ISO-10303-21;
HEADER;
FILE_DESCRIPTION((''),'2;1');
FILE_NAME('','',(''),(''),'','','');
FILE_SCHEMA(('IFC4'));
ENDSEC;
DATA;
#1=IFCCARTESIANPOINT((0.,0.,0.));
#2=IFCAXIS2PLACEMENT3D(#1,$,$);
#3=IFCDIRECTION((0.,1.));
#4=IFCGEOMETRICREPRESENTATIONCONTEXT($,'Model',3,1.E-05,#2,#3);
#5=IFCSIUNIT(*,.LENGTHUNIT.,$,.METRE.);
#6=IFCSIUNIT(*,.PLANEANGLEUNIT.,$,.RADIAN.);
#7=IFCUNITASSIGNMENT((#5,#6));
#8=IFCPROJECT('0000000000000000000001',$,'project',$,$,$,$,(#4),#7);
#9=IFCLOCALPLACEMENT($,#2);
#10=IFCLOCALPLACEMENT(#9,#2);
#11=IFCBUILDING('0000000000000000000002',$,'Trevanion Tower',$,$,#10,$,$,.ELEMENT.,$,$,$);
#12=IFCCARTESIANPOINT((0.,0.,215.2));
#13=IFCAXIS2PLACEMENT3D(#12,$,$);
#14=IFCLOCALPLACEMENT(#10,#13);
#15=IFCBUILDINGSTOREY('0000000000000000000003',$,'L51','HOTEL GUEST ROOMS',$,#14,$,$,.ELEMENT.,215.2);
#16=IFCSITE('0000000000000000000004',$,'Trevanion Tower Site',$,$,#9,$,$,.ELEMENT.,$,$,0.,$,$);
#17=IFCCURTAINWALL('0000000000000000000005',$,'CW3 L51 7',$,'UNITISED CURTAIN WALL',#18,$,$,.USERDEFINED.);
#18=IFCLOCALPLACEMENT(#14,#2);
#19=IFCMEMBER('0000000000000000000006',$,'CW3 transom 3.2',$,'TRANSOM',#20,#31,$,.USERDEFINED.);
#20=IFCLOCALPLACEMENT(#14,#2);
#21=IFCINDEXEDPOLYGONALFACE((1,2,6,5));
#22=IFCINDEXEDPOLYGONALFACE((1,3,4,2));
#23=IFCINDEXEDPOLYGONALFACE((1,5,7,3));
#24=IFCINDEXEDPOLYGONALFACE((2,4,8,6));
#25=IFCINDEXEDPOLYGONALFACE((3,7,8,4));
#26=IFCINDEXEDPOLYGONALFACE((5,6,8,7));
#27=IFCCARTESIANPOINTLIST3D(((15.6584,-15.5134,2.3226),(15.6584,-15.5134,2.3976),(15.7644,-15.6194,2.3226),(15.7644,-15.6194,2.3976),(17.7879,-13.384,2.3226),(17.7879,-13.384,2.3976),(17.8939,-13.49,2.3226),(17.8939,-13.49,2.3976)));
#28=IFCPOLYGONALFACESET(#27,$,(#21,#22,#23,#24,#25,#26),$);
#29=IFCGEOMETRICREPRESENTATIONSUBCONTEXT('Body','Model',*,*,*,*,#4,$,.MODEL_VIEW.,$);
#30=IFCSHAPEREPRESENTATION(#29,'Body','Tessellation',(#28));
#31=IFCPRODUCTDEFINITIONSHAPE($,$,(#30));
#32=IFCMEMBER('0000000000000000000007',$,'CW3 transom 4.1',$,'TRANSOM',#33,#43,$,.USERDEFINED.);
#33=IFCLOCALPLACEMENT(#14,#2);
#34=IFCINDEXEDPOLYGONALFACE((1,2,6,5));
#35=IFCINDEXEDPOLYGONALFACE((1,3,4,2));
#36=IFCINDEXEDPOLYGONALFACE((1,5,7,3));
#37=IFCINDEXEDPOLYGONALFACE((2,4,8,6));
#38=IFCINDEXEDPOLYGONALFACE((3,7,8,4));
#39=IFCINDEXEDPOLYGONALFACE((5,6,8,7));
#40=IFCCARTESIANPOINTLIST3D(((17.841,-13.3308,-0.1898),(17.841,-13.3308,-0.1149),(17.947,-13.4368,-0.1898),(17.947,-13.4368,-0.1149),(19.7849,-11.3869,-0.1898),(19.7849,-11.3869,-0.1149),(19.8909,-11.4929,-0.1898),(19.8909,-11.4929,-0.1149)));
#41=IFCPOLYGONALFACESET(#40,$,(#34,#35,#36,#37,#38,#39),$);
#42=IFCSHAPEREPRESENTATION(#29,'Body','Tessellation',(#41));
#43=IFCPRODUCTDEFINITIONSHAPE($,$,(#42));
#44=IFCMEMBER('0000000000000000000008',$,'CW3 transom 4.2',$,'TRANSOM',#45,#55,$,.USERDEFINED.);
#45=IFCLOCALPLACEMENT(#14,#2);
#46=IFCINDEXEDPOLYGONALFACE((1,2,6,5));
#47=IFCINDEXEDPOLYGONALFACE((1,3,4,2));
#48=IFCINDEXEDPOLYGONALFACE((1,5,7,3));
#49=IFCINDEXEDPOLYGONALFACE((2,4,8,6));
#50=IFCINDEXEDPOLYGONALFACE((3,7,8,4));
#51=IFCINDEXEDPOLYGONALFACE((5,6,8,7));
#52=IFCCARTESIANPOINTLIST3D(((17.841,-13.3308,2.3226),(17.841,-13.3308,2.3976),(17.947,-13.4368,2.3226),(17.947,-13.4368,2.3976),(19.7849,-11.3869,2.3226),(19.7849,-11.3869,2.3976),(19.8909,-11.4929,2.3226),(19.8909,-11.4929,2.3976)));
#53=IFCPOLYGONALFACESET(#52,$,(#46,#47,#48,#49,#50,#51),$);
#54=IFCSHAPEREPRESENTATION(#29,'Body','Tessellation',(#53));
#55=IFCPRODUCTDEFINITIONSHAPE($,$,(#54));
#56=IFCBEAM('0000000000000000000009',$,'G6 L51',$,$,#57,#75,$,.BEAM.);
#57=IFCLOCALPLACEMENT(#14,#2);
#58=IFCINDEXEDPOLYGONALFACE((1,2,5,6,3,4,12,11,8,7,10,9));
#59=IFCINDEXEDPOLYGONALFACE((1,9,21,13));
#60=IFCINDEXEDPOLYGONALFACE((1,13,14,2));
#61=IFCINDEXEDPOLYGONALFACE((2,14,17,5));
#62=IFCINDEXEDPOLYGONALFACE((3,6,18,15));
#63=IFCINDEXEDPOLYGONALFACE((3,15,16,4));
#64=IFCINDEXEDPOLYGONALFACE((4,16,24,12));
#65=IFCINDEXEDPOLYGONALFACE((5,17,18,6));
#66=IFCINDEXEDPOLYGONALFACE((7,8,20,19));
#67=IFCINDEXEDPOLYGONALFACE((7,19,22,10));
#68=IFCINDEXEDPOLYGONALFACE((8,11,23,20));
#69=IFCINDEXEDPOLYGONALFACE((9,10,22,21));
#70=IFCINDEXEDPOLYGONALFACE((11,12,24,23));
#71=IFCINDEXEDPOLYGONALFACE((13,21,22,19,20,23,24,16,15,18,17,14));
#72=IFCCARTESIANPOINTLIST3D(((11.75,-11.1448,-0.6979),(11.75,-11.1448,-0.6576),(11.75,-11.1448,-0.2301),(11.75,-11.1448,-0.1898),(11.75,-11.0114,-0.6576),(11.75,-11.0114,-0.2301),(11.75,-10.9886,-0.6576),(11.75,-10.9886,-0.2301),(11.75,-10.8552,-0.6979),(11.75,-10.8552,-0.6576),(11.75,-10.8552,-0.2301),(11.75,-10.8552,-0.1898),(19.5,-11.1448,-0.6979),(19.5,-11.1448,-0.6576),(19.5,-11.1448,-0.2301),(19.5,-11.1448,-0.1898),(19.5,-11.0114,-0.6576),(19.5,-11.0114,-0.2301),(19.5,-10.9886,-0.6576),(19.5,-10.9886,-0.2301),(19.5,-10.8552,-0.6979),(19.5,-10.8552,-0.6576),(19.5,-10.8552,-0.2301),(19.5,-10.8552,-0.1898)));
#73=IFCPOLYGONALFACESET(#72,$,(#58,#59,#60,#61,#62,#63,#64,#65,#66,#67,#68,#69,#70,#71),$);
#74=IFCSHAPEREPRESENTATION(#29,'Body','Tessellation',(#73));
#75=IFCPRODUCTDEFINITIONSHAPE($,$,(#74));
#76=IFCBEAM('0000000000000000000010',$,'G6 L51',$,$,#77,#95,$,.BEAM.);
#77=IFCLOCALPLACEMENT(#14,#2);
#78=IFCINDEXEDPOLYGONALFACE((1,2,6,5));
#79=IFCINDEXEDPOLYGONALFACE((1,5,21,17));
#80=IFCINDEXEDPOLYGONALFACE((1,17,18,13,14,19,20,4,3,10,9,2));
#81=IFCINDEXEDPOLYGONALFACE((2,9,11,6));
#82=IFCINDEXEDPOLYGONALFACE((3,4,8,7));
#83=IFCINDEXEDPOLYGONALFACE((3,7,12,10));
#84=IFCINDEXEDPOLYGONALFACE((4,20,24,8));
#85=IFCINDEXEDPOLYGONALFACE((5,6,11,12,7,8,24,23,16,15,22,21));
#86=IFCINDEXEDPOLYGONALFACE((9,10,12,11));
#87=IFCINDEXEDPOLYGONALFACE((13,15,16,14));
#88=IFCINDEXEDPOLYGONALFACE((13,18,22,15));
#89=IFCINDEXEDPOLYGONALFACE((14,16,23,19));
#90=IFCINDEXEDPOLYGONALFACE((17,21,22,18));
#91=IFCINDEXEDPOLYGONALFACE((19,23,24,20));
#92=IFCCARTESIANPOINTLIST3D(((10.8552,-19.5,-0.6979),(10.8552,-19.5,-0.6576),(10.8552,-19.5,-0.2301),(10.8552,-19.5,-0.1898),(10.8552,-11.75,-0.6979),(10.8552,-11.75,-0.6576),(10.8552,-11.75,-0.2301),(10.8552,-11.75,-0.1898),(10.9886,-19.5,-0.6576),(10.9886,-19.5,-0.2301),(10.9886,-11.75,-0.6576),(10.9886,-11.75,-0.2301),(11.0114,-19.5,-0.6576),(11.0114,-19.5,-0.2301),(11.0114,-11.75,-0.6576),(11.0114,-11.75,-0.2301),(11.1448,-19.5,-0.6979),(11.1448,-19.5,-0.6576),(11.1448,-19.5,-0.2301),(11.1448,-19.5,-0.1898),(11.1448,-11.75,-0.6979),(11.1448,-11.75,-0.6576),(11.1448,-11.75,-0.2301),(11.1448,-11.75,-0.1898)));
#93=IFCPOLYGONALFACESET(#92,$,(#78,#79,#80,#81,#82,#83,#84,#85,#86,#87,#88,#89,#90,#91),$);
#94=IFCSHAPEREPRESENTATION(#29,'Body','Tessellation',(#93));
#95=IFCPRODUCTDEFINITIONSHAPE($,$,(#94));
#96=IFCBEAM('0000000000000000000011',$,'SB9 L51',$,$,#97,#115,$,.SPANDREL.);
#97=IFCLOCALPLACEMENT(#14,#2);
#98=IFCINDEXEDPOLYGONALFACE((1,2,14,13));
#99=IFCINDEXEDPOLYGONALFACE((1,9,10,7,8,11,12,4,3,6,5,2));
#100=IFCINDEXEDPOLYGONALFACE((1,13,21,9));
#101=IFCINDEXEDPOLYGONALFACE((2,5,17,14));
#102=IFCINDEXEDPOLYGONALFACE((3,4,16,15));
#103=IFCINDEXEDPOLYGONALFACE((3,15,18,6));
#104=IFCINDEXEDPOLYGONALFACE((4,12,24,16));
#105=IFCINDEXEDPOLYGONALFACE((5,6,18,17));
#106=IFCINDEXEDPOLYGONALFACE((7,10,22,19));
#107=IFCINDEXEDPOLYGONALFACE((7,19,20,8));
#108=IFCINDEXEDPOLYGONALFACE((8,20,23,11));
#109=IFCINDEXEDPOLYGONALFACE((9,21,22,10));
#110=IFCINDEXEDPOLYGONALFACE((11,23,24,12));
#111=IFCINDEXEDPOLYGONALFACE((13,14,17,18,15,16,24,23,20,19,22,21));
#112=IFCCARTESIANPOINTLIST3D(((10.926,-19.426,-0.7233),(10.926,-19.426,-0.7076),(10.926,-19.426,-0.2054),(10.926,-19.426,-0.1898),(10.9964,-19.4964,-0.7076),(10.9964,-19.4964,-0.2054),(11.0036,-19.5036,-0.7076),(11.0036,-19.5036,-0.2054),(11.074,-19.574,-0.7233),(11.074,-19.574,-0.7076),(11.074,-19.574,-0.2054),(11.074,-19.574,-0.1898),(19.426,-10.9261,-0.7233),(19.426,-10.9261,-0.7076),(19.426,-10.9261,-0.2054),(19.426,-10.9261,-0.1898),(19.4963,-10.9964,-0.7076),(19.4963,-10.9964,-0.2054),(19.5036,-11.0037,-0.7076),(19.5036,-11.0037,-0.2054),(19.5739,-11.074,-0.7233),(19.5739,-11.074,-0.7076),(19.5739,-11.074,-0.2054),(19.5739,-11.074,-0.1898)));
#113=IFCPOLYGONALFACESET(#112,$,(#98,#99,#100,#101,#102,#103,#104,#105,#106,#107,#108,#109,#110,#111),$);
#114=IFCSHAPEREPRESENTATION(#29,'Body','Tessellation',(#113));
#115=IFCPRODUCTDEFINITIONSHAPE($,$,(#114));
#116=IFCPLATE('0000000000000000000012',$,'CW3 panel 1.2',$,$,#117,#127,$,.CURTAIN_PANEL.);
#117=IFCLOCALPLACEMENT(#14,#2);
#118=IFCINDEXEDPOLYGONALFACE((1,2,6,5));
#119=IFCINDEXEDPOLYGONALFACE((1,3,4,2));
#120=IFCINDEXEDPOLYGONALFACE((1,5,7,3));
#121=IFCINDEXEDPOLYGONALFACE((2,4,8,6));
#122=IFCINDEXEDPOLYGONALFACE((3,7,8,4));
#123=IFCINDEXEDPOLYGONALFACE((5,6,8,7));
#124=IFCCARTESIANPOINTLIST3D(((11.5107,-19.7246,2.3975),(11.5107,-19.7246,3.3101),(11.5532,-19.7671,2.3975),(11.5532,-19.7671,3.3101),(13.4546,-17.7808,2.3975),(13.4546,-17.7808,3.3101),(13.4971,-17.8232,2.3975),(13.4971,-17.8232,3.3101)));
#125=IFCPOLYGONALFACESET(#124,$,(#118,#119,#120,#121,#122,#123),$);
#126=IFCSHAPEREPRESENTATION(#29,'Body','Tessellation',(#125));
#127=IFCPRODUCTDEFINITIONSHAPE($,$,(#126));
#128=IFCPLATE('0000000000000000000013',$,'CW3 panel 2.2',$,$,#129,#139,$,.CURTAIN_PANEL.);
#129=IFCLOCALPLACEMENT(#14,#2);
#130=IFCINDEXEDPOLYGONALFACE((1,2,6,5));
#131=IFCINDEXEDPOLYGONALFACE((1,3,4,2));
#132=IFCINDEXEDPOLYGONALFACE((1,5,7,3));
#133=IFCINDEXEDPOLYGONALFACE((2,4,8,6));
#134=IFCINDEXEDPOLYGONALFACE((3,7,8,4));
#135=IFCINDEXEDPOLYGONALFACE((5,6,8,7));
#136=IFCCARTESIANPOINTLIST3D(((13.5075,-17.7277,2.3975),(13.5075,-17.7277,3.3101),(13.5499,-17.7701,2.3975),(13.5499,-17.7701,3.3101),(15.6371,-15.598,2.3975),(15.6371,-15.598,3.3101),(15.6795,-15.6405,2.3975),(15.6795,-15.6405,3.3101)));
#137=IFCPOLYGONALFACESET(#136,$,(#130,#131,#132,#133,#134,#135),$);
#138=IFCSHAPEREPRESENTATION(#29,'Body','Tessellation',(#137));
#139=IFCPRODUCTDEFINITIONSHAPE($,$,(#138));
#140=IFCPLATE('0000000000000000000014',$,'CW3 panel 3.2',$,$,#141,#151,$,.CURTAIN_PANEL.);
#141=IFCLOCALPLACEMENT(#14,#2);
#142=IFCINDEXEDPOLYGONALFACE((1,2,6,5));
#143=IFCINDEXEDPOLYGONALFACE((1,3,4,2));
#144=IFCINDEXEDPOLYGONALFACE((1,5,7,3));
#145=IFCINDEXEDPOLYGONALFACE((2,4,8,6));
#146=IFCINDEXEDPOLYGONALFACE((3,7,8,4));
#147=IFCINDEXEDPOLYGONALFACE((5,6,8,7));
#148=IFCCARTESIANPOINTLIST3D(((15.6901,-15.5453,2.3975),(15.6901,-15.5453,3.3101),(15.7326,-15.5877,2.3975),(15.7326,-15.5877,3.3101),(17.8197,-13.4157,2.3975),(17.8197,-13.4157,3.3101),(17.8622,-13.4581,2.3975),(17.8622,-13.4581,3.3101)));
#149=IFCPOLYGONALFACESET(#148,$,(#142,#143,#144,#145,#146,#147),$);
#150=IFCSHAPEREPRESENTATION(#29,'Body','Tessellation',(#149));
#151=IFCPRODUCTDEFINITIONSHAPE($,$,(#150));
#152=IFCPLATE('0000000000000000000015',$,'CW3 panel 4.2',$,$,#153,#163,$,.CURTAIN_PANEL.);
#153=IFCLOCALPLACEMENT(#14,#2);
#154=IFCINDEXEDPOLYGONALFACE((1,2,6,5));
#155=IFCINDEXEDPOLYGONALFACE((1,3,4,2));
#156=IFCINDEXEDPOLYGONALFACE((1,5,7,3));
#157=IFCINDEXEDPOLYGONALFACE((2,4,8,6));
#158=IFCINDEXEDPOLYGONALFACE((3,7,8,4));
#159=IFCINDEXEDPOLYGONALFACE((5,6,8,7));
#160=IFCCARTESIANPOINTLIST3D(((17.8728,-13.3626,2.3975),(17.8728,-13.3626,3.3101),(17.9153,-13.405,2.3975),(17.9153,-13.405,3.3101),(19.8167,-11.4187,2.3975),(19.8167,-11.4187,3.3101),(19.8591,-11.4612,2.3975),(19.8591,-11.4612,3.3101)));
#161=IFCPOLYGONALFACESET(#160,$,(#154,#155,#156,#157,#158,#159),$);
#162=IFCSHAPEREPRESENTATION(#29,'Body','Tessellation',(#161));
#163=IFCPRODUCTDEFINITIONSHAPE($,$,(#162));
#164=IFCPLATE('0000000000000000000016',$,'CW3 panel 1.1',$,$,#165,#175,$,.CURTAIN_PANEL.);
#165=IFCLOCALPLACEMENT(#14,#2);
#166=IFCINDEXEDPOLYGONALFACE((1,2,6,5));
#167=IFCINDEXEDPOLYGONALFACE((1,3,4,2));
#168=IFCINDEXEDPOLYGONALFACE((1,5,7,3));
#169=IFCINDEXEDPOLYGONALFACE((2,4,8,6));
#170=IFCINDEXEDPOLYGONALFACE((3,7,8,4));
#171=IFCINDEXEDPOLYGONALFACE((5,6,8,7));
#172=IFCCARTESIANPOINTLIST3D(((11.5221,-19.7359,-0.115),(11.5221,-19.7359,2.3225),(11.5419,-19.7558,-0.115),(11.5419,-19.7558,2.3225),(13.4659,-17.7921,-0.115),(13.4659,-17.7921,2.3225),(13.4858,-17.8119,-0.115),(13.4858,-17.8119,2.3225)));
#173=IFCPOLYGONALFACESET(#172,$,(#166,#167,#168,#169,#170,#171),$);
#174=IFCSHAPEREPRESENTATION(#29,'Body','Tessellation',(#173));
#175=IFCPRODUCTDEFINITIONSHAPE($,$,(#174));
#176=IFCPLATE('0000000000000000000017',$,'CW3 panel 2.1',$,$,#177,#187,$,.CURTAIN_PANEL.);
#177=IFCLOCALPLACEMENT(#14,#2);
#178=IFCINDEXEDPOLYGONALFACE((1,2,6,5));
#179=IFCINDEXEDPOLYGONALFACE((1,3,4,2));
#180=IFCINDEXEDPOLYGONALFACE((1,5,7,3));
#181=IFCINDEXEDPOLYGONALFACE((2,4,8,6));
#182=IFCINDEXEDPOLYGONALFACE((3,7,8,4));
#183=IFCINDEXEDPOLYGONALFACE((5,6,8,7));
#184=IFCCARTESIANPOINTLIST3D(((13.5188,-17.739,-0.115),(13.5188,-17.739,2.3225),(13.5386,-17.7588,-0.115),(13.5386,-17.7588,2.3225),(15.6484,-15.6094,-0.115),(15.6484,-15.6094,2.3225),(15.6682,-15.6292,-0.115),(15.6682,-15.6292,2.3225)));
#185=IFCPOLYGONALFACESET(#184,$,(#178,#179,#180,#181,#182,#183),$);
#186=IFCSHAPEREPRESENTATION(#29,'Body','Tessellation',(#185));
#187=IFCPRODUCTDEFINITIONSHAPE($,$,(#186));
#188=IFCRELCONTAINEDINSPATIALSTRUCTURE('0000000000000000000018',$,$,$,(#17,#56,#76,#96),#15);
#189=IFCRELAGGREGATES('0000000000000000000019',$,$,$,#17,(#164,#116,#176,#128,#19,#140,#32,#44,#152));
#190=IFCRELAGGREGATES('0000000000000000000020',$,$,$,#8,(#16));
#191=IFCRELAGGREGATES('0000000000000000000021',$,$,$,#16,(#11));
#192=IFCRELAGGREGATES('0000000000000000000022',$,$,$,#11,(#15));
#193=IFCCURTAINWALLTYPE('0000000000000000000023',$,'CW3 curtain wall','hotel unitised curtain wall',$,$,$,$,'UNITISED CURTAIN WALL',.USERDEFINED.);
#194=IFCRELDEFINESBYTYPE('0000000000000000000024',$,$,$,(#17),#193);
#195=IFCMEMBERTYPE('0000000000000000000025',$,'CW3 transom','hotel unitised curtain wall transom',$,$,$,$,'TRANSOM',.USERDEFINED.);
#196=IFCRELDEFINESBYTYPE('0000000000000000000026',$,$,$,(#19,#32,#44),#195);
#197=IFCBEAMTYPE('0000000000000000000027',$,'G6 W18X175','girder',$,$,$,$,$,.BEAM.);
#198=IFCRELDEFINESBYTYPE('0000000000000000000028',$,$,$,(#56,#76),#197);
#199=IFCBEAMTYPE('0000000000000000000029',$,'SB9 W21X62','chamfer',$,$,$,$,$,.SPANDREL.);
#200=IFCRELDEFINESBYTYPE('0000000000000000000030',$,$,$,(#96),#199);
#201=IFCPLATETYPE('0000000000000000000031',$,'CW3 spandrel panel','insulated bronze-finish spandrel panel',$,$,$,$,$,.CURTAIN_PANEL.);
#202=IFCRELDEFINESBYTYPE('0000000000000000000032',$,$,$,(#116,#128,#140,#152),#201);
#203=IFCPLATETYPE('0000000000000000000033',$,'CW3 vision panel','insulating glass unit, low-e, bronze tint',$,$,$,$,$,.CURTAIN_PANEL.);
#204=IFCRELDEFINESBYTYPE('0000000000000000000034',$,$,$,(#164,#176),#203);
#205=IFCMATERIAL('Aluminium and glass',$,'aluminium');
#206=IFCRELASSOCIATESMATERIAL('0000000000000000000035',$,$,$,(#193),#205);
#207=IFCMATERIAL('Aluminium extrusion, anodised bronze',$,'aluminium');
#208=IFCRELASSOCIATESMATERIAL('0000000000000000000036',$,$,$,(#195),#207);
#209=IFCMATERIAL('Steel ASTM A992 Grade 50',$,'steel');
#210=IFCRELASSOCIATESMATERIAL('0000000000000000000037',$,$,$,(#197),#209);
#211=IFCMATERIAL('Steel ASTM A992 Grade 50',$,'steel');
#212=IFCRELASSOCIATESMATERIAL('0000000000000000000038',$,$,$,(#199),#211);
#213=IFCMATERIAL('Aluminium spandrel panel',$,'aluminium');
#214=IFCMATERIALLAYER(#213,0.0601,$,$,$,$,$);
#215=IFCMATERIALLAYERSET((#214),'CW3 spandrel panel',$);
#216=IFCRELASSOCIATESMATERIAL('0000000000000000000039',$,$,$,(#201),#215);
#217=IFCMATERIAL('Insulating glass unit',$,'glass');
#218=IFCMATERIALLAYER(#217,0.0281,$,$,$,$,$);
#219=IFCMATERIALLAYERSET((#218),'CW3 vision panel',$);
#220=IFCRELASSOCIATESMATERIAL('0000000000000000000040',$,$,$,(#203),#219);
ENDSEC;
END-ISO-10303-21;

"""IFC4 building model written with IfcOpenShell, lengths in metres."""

from ifc_helpers import new_model, si_unit, direction, frame, origin, origin_2d, place, context, subcontext, project, spatial, rectangle, i_section, extrude, material, layer, layer_set, material_profile, profile_set, type_object, element, aggregate, save


model = new_model("IFC4")

# Units and contexts
model_context = context("Model", 3, precision=1e-05, world=origin(), true_north=direction((0.0, 1.0)))
body_context = subcontext(model_context, "Body", "Model", "MODEL_VIEW")
ifc_project = project(units=[si_unit("LENGTHUNIT", "METRE"), si_unit("PLANEANGLEUNIT", "RADIAN")], contexts=[model_context])

# Site, building, storey
site_placement = place(None, origin())
site = spatial("IfcSite", under=ifc_project, at=site_placement, Name="Trevanion Tower Site", CompositionType="ELEMENT", RefElevation=0.0)
building_placement = place(site_placement, origin())
building = spatial("IfcBuilding", under=site, at=building_placement, Name="Trevanion Tower", CompositionType="ELEMENT")
storey_placement = place(building_placement, frame((0.0, 0.0, 215.2)))
storey = spatial("IfcBuildingStorey", under=building, at=storey_placement, Name="L51", Description="HOTEL GUEST ROOMS", CompositionType="ELEMENT", Elevation=215.2)

# Curtain wall
ifc_material_1 = material(Name="Aluminium and glass", Category="aluminium")
curtain_wall_type = type_object("IfcCurtainWallType", Name="CW3 curtain wall", Description="hotel unitised curtain wall", ElementType="UNITISED CURTAIN WALL", PredefinedType="USERDEFINED", material=ifc_material_1)
curtain_wall_1_placement = place(storey_placement, origin())
curtain_wall_1 = element("IfcCurtainWall", 1, at=curtain_wall_1_placement, inside=storey, type_object=curtain_wall_type, Name="CW3 L51 7", ObjectType="UNITISED CURTAIN WALL", PredefinedType="USERDEFINED")

# Members
ifc_material_2 = material(Name="Aluminium extrusion, anodised bronze", Category="aluminium")
ifc_material_profile_1 = material_profile(ifc_material_2, rectangle(XDim=0.1499, YDim=0.075, at=origin_2d()), Name="CW3 transom")
ifc_profile_set_1 = profile_set([ifc_material_profile_1], Name="Aluminium extrusion, anodised bronze")
member_type_1 = type_object("IfcMemberType", Name="CW3 transom", Description="hotel unitised curtain wall transom", ElementType="TRANSOM", PredefinedType="USERDEFINED", material=ifc_profile_set_1)
member_1_placement = place(storey_placement, frame((15.7114, -15.5664, 2.3601), z_axis=(0.707107, 0.707107, 0.0), x_axis=(-0.707107, 0.707107, 0.0)))
member_1 = element("IfcMember", 2, at=member_1_placement, type_object=member_type_1, Name="CW3 transom 3.2", ObjectType="TRANSOM", PredefinedType="USERDEFINED", context=body_context, shape_type="SweptSolid", body=[
    extrude(rectangle(XDim=0.1499, YDim=0.075, at=origin_2d()), origin(), (0.0, 0.0, 1.0), 3.0115),
])
member_2_placement = place(storey_placement, frame((17.894, -13.3838, -0.1523), z_axis=(0.707107, 0.707107, 0.0), x_axis=(-0.707107, 0.707107, 0.0)))
member_2 = element("IfcMember", 3, at=member_2_placement, type_object=member_type_1, Name="CW3 transom 4.1", ObjectType="TRANSOM", PredefinedType="USERDEFINED", context=body_context, shape_type="SweptSolid", body=[
    extrude(rectangle(XDim=0.1499, YDim=0.075, at=origin_2d()), origin(), (0.0, 0.0, 1.0), 2.749),
])
member_3_placement = place(storey_placement, frame((17.894, -13.3838, 2.3601), z_axis=(0.707107, 0.707107, 0.0), x_axis=(-0.707107, 0.707107, 0.0)))
member_3 = element("IfcMember", 4, at=member_3_placement, type_object=member_type_1, Name="CW3 transom 4.2", ObjectType="TRANSOM", PredefinedType="USERDEFINED", context=body_context, shape_type="SweptSolid", body=[
    extrude(rectangle(XDim=0.1499, YDim=0.075, at=origin_2d()), origin(), (0.0, 0.0, 1.0), 2.749),
])

# Beams
ifc_material_3 = material(Name="Steel ASTM A992 Grade 50", Category="steel")
ifc_material_profile_2 = material_profile(ifc_material_3, i_section(OverallWidth=0.2896, OverallDepth=0.5081, WebThickness=0.0227, FlangeThickness=0.0403, at=origin_2d()), Name="W18X175")
ifc_profile_set_2 = profile_set([ifc_material_profile_2], Name="Steel ASTM A992 Grade 50")
beam_type_1 = type_object("IfcBeamType", Name="G6 W18X175", Description="girder", PredefinedType="BEAM", material=ifc_profile_set_2)
for number, where, z_axis, x_axis, name in (
    (5, (11.75, -11.0, -0.4438), (1.0, 0.0, 0.0), (0.0, 1.0, 0.0), "G6 L51"),
    (6, (11.0, -11.75, -0.4438), (0.0, -1.0, 0.0), (1.0, 0.0, 0.0), "G6 L51"),
):
    element("IfcBeam", number, at=place(storey_placement, frame(where, z_axis=z_axis, x_axis=x_axis)), inside=storey, type_object=beam_type_1, Name=name, PredefinedType="BEAM", context=body_context, shape_type="SweptSolid", body=[
        extrude(i_section(OverallWidth=0.2896, OverallDepth=0.5081, WebThickness=0.0227, FlangeThickness=0.0403, at=origin_2d()), origin(), (0.0, 0.0, 1.0), 7.75),
    ])
ifc_material_4 = material(Name="Steel ASTM A992 Grade 50", Category="steel")
ifc_material_profile_3 = material_profile(ifc_material_4, i_section(OverallWidth=0.2092, OverallDepth=0.5334, WebThickness=0.0103, FlangeThickness=0.0156, at=origin_2d()), Name="W21X62")
ifc_profile_set_3 = profile_set([ifc_material_profile_3], Name="Steel ASTM A992 Grade 50")
beam_type_2 = type_object("IfcBeamType", Name="SB9 W21X62", Description="chamfer", PredefinedType="SPANDREL", material=ifc_profile_set_3)
beam_1_placement = place(storey_placement, frame((11.0, -19.5, -0.4565), z_axis=(0.707107, 0.707107, 0.0), x_axis=(-0.707107, 0.707107, 0.0)))
element("IfcBeam", 7, at=beam_1_placement, inside=storey, type_object=beam_type_2, Name="SB9 L51", PredefinedType="SPANDREL", context=body_context, shape_type="SweptSolid", body=[
    extrude(i_section(OverallWidth=0.2092, OverallDepth=0.5334, WebThickness=0.0103, FlangeThickness=0.0156, at=origin_2d()), origin(), (0.0, 0.0, 1.0), 12.0208),
])

# Plates
ifc_material_5 = material(Name="Aluminium spandrel panel", Category="aluminium")
ifc_layer_1 = layer(ifc_material_5, 0.0601)
ifc_layer_set_1 = layer_set([ifc_layer_1], Name="CW3 spandrel panel")
plate_type_1 = type_object("IfcPlateType", Name="CW3 spandrel panel", Description="insulated bronze-finish spandrel panel", PredefinedType="CURTAIN_PANEL", material=ifc_layer_set_1)
plate_1_placement = place(storey_placement, frame((12.5039, -18.7739, 2.3975), z_axis=(0.0, 0.0, 1.0), x_axis=(0.707107, 0.707107, 0.0)))
plate_1 = element("IfcPlate", 8, at=plate_1_placement, type_object=plate_type_1, Name="CW3 panel 1.2", PredefinedType="CURTAIN_PANEL", context=body_context, shape_type="SweptSolid", body=[
    extrude(rectangle(XDim=2.749, YDim=0.0601, at=origin_2d()), origin(), (0.0, 0.0, 1.0), 0.9126),
])
plate_2_placement = place(storey_placement, frame((14.5935, -16.6841, 2.3975), z_axis=(0.0, 0.0, 1.0), x_axis=(0.707107, 0.707107, 0.0)))
plate_2 = element("IfcPlate", 9, at=plate_2_placement, type_object=plate_type_1, Name="CW3 panel 2.2", PredefinedType="CURTAIN_PANEL", context=body_context, shape_type="SweptSolid", body=[
    extrude(rectangle(XDim=3.0117, YDim=0.0601, at=origin_2d()), origin(), (0.0, 0.0, 1.0), 0.9126),
])
plate_3_placement = place(storey_placement, frame((16.7761, -14.5017, 2.3975), z_axis=(0.0, 0.0, 1.0), x_axis=(0.707107, 0.707107, 0.0)))
plate_3 = element("IfcPlate", 10, at=plate_3_placement, type_object=plate_type_1, Name="CW3 panel 3.2", PredefinedType="CURTAIN_PANEL", context=body_context, shape_type="SweptSolid", body=[
    extrude(rectangle(XDim=3.0117, YDim=0.0601, at=origin_2d()), origin(), (0.0, 0.0, 1.0), 0.9126),
])
plate_4_placement = place(storey_placement, frame((18.866, -12.4119, 2.3975), z_axis=(0.0, 0.0, 1.0), x_axis=(0.707107, 0.707107, 0.0)))
plate_4 = element("IfcPlate", 11, at=plate_4_placement, type_object=plate_type_1, Name="CW3 panel 4.2", PredefinedType="CURTAIN_PANEL", context=body_context, shape_type="SweptSolid", body=[
    extrude(rectangle(XDim=2.749, YDim=0.0601, at=origin_2d()), origin(), (0.0, 0.0, 1.0), 0.9126),
])
ifc_material_6 = material(Name="Insulating glass unit", Category="glass")
ifc_layer_2 = layer(ifc_material_6, 0.0281)
ifc_layer_set_2 = layer_set([ifc_layer_2], Name="CW3 vision panel")
plate_type_2 = type_object("IfcPlateType", Name="CW3 vision panel", Description="insulating glass unit, low-e, bronze tint", PredefinedType="CURTAIN_PANEL", material=ifc_layer_set_2)
plate_5_placement = place(storey_placement, frame((12.5039, -18.7739, -0.115), z_axis=(0.0, 0.0, 1.0), x_axis=(0.707107, 0.707107, 0.0)))
plate_5 = element("IfcPlate", 12, at=plate_5_placement, type_object=plate_type_2, Name="CW3 panel 1.1", PredefinedType="CURTAIN_PANEL", context=body_context, shape_type="SweptSolid", body=[
    extrude(rectangle(XDim=2.749, YDim=0.0281, at=origin_2d()), origin(), (0.0, 0.0, 1.0), 2.4375),
])
plate_6_placement = place(storey_placement, frame((14.5935, -16.6841, -0.115), z_axis=(0.0, 0.0, 1.0), x_axis=(0.707107, 0.707107, 0.0)))
plate_6 = element("IfcPlate", 13, at=plate_6_placement, type_object=plate_type_2, Name="CW3 panel 2.1", PredefinedType="CURTAIN_PANEL", context=body_context, shape_type="SweptSolid", body=[
    extrude(rectangle(XDim=3.0117, YDim=0.0281, at=origin_2d()), origin(), (0.0, 0.0, 1.0), 2.4375),
])
aggregate(curtain_wall_1, [plate_5, plate_1, plate_6, plate_2, member_1, plate_3, member_2, member_3, plate_4])

save(model, "model.ifc")
